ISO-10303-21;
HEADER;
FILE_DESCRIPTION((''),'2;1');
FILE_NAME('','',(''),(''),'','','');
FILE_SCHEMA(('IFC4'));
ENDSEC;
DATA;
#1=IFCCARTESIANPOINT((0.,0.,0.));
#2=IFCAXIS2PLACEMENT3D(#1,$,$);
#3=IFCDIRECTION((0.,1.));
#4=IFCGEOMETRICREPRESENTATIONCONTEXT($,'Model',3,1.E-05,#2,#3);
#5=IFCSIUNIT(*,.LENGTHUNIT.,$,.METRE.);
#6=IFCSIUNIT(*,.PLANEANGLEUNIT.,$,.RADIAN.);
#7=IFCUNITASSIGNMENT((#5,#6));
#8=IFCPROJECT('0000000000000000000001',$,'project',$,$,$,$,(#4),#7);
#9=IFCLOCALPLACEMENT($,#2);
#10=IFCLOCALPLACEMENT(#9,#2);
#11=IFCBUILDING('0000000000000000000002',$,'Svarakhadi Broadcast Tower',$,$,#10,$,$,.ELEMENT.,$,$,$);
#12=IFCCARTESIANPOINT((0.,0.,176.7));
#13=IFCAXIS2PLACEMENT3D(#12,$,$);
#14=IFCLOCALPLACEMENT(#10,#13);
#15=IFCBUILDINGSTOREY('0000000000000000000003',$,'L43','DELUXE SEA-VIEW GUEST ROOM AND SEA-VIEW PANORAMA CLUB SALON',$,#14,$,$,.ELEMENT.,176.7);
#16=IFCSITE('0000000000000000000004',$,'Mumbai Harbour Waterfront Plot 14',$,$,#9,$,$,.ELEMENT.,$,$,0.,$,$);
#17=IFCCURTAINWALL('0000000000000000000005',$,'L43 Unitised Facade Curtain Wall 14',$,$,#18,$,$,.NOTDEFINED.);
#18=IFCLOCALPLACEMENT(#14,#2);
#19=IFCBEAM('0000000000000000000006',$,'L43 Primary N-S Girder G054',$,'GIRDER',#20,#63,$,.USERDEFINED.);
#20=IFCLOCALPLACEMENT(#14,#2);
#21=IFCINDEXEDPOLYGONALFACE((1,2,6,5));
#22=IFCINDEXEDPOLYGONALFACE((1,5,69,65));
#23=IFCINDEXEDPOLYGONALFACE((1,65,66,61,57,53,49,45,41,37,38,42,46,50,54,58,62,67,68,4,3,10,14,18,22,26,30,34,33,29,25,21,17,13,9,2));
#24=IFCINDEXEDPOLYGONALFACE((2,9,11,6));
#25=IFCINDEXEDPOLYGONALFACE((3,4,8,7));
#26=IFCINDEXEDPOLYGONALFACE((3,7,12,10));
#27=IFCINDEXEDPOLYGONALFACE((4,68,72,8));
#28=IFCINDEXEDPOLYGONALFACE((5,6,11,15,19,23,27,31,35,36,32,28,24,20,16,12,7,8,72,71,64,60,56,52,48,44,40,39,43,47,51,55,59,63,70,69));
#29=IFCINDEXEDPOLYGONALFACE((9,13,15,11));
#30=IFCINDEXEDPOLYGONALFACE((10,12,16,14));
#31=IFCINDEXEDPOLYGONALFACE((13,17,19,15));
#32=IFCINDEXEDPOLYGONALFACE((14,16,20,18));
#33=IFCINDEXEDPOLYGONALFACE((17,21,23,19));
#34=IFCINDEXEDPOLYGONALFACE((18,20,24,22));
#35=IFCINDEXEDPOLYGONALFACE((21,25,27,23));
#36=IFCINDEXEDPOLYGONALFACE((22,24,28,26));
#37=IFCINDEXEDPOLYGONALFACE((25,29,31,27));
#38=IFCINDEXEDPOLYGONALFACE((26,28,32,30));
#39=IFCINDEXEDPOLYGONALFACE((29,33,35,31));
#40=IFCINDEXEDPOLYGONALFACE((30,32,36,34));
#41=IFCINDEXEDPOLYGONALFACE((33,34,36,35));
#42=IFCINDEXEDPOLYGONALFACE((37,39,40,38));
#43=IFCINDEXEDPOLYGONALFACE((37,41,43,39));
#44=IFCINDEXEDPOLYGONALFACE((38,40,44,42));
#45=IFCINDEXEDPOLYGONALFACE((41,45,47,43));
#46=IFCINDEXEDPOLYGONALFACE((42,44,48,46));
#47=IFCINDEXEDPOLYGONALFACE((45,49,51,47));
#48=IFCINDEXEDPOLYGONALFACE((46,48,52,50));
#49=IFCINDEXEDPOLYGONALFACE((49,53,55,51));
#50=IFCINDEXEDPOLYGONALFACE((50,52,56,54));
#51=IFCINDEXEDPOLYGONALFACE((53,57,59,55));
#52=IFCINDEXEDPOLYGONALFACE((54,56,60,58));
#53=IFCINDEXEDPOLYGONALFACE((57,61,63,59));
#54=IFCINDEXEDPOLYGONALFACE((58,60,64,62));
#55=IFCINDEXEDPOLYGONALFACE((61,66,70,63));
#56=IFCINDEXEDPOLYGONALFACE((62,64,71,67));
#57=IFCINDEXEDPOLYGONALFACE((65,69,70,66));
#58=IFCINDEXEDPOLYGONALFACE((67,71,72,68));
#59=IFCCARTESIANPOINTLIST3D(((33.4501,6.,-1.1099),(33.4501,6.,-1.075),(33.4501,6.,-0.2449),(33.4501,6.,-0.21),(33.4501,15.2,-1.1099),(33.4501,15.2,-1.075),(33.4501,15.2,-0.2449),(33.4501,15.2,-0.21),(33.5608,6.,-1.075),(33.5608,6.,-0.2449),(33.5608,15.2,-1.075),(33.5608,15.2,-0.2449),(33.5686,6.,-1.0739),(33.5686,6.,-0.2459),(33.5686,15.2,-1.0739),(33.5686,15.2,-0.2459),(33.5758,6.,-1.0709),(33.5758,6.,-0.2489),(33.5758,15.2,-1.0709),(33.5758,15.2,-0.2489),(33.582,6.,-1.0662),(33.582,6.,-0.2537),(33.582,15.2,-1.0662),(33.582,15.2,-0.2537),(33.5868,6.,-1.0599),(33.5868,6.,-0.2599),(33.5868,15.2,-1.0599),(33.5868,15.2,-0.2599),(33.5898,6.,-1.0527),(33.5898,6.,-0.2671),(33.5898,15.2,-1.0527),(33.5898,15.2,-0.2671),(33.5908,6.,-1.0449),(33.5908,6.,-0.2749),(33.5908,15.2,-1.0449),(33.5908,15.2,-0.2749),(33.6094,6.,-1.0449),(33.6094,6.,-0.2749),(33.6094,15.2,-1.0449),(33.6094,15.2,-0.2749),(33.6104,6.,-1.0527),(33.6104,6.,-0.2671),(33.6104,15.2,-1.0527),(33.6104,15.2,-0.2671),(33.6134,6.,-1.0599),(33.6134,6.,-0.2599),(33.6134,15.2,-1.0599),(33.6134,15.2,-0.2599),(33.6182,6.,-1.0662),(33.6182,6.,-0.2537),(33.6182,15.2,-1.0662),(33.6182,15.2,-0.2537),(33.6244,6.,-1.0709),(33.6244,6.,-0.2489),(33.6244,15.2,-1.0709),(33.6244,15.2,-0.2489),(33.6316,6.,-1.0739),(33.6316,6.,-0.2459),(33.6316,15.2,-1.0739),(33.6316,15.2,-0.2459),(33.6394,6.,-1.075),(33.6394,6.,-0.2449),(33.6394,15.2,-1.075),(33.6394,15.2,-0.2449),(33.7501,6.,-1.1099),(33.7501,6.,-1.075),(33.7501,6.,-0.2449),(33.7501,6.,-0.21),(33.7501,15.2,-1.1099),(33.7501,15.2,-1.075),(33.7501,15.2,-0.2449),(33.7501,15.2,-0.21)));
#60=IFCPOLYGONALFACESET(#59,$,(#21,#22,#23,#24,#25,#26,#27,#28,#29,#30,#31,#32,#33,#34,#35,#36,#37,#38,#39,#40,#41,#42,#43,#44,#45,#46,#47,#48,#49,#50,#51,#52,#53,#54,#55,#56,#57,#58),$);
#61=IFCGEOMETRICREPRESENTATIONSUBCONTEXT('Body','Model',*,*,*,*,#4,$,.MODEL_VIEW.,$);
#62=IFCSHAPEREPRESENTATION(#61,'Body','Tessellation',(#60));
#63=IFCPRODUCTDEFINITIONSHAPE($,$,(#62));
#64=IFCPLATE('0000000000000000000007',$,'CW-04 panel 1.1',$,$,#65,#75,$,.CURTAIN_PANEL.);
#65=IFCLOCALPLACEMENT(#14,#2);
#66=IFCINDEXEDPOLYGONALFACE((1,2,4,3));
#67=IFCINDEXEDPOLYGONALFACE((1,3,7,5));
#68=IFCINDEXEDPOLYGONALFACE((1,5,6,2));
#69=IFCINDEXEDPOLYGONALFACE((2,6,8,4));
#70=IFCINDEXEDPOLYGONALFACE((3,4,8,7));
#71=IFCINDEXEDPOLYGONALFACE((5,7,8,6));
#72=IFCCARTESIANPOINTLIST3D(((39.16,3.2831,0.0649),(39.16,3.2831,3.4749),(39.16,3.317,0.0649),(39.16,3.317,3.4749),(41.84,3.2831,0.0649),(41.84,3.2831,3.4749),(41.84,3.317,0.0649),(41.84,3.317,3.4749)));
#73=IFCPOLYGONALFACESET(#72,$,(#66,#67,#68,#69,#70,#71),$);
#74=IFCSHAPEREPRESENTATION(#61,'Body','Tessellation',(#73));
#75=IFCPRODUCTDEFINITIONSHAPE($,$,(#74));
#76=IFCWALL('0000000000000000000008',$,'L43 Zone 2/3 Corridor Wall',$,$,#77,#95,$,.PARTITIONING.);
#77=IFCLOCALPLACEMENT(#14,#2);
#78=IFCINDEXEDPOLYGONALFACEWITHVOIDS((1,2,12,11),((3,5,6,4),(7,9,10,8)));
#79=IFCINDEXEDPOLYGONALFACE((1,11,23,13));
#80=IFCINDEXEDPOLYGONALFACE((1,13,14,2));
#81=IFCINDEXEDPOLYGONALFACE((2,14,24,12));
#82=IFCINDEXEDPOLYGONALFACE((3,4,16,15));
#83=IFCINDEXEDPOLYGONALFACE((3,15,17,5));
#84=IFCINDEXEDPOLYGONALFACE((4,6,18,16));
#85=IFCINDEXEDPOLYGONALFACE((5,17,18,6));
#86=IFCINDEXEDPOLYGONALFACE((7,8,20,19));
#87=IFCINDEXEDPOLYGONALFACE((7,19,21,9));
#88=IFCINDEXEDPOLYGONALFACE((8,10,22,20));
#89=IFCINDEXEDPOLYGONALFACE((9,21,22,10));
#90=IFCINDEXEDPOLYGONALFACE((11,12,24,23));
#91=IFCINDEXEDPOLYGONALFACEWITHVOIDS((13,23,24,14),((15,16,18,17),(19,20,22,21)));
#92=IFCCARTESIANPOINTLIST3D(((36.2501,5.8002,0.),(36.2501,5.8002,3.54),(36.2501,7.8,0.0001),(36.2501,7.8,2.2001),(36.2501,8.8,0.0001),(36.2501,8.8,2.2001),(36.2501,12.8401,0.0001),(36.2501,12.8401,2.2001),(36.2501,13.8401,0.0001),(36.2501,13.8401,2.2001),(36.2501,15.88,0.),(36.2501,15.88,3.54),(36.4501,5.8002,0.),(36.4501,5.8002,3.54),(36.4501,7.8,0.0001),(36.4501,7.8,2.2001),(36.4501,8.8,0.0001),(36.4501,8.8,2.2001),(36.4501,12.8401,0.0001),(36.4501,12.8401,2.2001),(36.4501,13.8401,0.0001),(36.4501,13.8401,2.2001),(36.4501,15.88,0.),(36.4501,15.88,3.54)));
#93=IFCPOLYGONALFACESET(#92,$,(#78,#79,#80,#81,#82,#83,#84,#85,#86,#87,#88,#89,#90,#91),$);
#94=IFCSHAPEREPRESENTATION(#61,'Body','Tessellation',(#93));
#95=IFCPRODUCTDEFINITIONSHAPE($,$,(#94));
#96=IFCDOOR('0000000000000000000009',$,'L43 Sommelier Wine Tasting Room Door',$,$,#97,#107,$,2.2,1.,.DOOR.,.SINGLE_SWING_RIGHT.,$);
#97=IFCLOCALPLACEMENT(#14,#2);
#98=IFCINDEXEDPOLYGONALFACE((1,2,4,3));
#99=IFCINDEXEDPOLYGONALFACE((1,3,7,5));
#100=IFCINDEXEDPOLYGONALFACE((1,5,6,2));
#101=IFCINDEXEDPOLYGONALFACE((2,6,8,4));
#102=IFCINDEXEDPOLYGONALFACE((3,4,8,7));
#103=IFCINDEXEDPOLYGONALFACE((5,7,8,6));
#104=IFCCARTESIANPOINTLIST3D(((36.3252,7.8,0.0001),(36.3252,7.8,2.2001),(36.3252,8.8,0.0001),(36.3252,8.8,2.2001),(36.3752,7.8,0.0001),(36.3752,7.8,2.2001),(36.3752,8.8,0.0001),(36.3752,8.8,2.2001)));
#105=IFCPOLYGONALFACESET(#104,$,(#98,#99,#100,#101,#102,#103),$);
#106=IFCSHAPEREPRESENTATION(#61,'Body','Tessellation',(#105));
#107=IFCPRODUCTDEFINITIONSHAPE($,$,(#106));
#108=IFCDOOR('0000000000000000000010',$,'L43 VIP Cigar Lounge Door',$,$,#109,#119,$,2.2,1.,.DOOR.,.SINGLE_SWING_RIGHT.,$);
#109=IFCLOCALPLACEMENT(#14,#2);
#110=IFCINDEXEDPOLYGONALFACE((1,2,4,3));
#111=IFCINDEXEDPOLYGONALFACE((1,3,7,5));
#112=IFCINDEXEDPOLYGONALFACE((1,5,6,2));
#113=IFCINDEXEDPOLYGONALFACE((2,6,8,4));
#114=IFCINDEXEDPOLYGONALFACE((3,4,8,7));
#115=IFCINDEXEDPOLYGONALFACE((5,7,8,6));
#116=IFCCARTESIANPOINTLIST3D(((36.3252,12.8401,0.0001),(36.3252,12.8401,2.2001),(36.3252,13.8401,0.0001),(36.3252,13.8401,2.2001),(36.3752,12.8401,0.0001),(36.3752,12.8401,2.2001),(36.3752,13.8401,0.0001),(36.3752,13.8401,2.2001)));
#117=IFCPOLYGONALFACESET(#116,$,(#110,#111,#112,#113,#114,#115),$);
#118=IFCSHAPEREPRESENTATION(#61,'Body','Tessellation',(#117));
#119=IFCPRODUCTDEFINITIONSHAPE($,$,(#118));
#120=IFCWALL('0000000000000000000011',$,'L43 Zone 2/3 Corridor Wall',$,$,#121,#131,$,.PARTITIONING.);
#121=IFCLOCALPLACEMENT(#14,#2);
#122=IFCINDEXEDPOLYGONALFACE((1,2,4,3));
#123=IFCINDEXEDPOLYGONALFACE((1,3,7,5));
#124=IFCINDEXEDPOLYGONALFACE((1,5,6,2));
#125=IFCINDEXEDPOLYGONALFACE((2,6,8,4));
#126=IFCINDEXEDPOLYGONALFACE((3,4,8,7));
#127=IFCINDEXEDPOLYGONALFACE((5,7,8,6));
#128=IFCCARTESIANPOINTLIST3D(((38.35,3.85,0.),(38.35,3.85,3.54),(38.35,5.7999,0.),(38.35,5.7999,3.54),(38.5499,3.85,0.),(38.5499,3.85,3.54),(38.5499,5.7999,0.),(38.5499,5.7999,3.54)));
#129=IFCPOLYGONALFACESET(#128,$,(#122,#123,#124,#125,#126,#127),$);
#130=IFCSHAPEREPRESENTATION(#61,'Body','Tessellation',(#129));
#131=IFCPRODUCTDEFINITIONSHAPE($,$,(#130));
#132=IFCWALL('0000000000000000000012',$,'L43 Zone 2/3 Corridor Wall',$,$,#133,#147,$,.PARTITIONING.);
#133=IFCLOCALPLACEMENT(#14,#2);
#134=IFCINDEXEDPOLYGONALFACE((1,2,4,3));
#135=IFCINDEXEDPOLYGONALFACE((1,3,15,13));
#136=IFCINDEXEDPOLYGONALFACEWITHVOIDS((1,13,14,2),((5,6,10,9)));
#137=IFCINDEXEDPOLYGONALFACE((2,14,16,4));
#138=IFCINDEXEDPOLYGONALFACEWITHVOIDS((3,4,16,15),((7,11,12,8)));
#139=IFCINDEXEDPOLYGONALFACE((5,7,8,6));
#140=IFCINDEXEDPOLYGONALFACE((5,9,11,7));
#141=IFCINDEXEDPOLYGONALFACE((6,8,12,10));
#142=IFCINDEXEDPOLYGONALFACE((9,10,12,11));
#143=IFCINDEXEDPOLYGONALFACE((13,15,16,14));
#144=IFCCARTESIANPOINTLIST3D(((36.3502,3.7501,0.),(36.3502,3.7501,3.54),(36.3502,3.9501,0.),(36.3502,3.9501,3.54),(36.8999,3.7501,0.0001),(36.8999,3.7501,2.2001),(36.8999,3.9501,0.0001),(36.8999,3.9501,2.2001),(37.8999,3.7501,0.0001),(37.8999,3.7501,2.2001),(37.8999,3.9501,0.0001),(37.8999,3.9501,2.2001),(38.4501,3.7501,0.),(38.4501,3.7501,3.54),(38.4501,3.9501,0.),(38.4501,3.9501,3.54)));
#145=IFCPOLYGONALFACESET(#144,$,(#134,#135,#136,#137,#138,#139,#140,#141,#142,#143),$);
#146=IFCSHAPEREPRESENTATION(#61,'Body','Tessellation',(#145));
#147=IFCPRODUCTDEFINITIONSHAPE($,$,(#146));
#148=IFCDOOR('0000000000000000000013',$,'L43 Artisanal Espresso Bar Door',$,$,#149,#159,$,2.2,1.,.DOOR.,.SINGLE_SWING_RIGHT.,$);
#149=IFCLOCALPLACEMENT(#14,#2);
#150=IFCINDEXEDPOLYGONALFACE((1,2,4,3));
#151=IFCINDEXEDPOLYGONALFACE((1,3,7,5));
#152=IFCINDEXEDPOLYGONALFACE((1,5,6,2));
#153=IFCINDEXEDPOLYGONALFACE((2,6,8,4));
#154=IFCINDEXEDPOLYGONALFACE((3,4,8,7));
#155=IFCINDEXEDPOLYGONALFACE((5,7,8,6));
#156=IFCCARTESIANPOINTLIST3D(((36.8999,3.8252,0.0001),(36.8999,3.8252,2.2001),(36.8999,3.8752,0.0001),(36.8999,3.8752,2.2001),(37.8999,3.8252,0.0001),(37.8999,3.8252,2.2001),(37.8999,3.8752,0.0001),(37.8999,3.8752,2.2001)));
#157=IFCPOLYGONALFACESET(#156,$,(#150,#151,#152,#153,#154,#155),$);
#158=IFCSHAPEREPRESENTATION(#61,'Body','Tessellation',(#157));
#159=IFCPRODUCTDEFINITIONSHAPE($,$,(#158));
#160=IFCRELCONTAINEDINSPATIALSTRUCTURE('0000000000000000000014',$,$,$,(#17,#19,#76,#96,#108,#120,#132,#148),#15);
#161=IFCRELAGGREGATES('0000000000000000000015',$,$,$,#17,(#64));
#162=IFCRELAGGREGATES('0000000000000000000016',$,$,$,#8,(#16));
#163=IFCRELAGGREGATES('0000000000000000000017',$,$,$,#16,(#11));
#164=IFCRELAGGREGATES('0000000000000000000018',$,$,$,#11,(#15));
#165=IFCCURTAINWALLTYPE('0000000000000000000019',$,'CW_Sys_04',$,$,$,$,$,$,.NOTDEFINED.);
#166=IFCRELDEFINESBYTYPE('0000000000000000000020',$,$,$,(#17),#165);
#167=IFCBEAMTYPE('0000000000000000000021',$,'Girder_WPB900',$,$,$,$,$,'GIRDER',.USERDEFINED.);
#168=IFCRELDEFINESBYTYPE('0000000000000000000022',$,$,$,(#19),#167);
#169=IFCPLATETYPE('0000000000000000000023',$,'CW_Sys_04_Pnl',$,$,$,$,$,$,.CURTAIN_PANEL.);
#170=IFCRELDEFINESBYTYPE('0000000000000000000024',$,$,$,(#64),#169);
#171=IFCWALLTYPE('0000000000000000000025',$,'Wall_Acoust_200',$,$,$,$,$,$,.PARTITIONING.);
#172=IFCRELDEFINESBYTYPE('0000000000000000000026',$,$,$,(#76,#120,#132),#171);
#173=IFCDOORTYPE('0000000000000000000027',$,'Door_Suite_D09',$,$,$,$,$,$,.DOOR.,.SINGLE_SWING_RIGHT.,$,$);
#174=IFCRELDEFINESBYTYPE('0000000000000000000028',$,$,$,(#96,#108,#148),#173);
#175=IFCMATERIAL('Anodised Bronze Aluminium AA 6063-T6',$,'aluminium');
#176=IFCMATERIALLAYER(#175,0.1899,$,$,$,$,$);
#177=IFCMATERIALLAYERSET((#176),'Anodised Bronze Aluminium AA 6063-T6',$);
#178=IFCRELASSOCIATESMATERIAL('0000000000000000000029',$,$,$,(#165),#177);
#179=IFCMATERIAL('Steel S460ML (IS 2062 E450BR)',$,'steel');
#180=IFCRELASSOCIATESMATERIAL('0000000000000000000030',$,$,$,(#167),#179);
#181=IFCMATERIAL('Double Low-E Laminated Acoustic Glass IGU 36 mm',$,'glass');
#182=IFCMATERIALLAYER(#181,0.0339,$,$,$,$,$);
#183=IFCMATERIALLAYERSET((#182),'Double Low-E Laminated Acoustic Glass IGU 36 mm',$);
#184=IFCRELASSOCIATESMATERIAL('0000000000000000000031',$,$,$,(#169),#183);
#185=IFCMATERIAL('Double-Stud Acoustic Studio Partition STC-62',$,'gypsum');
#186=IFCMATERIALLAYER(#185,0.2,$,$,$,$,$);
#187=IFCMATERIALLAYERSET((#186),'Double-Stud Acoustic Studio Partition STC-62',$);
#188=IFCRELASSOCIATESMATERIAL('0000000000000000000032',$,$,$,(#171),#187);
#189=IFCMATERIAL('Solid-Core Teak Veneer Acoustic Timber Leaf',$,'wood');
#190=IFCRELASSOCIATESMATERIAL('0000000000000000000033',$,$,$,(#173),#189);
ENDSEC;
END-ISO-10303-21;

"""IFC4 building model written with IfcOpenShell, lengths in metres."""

from ifc_helpers import new_model, si_unit, direction, frame, frame_2d, origin, origin_2d, place, context, subcontext, project, spatial, rectangle, i_section, extrude, material, layer, layer_set, material_profile, profile_set, type_object, element, fill, aggregate, save


model = new_model("IFC4")

# Units and contexts
model_context = context("Model", 3, precision=1e-05, world=origin(), true_north=direction((0.0, 1.0)))
body_context = subcontext(model_context, "Body", "Model", "MODEL_VIEW")
ifc_project = project(units=[si_unit("LENGTHUNIT", "METRE"), si_unit("PLANEANGLEUNIT", "RADIAN")], contexts=[model_context])

# Site, building, storey
site_placement = place(None, origin())
site = spatial("IfcSite", under=ifc_project, at=site_placement, Name="Mumbai Harbour Waterfront Plot 14", CompositionType="ELEMENT", RefElevation=0.0)
building_placement = place(site_placement, origin())
building = spatial("IfcBuilding", under=site, at=building_placement, Name="Svarakhadi Broadcast Tower", CompositionType="ELEMENT")
storey_placement = place(building_placement, frame((0.0, 0.0, 176.7)))
storey = spatial("IfcBuildingStorey", under=building, at=storey_placement, Name="L43", Description="DELUXE SEA-VIEW GUEST ROOM AND SEA-VIEW PANORAMA CLUB SALON", CompositionType="ELEMENT", Elevation=176.7)

# Shared definitions
ifc_material_1 = material(Name="Steel S460ML (IS 2062 E450BR)", Category="steel")

# Curtain wall
ifc_material_2 = material(Name="Anodised Bronze Aluminium AA 6063-T6", Category="aluminium")
ifc_layer_1 = layer(ifc_material_2, 0.1899)
ifc_layer_set_1 = layer_set([ifc_layer_1], Name="Anodised Bronze Aluminium AA 6063-T6")
curtain_wall_type = type_object("IfcCurtainWallType", Name="CW_Sys_04", PredefinedType="NOTDEFINED", material=ifc_layer_set_1)
curtain_wall_placement = place(storey_placement, origin())
curtain_wall = element("IfcCurtainWall", 1, at=curtain_wall_placement, inside=storey, type_object=curtain_wall_type, Name="L43 Unitised Facade Curtain Wall 14", PredefinedType="NOTDEFINED")

# Beam
ifc_material_profile_1 = material_profile(ifc_material_1, i_section(OverallWidth=0.3, OverallDepth=0.8999, WebThickness=0.0186, FlangeThickness=0.0349, FilletRadius=0.03, at=origin_2d()), Name="WPB 900x300x291")
ifc_profile_set_1 = profile_set([ifc_material_profile_1], Name="Steel S460ML (IS 2062 E450BR)")
beam_type_1 = type_object("IfcBeamType", Name="Girder_WPB900", ElementType="GIRDER", PredefinedType="USERDEFINED", material=ifc_profile_set_1)
beam_1_placement = place(storey_placement, frame((33.6001, 6.0, -0.6599), z_axis=(0.0, 1.0, 0.0), x_axis=(-1.0, 0.0, 0.0)))
element("IfcBeam", 2, at=beam_1_placement, inside=storey, type_object=beam_type_1, Name="L43 Primary N-S Girder G054", ObjectType="GIRDER", PredefinedType="USERDEFINED", context=body_context, shape_type="SweptSolid", body=[
    extrude(i_section(OverallWidth=0.3, OverallDepth=0.8999, WebThickness=0.0186, FlangeThickness=0.0349, FilletRadius=0.03, at=origin_2d()), origin(), (0.0, 0.0, 1.0), 9.2),
])

# Plate
ifc_material_3 = material(Name="Double Low-E Laminated Acoustic Glass IGU 36 mm", Category="glass")
ifc_layer_2 = layer(ifc_material_3, 0.0339)
ifc_layer_set_2 = layer_set([ifc_layer_2], Name="Double Low-E Laminated Acoustic Glass IGU 36 mm")
plate_type = type_object("IfcPlateType", Name="CW_Sys_04_Pnl", PredefinedType="CURTAIN_PANEL", material=ifc_layer_set_2)
plate_placement = place(storey_placement, frame((40.5, 3.3, 0.0649), z_axis=(0.0, 0.0, 1.0), x_axis=(-1.0, 0.0, 0.0)))
plate = element("IfcPlate", 3, at=plate_placement, type_object=plate_type, Name="CW-04 panel 1.1", PredefinedType="CURTAIN_PANEL", context=body_context, shape_type="SweptSolid", body=[
    extrude(rectangle(XDim=2.6799, YDim=0.0339, at=origin_2d()), origin(), (0.0, 0.0, 1.0), 3.4099),
])
aggregate(curtain_wall, [plate])

# Wall, openings, doors
ifc_material_4 = material(Name="Double-Stud Acoustic Studio Partition STC-62", Category="gypsum")
ifc_layer_3 = layer(ifc_material_4, 0.2)
ifc_layer_set_3 = layer_set([ifc_layer_3], Name="Double-Stud Acoustic Studio Partition STC-62")
wall_type_1 = type_object("IfcWallType", Name="Wall_Acoust_200", PredefinedType="PARTITIONING", material=ifc_layer_set_3)
wall_1_placement = place(storey_placement, frame((36.3501, 5.8, 0.0), z_axis=(0.0, 0.0, 1.0), x_axis=(0.0, 1.0, 0.0)))
wall_1 = element("IfcWall", 4, at=wall_1_placement, inside=storey, type_object=wall_type_1, Name="L43 Zone 2/3 Corridor Wall", PredefinedType="PARTITIONING", context=body_context, shape_type="SweptSolid", body=[
    extrude(rectangle(XDim=10.0798, YDim=0.2, at=frame_2d((5.04, 0.0))), origin(), (0.0, 0.0, 1.0), 3.54),
])
opening_1_placement = place(wall_1_placement, frame((2.0, 0.0, 0.0)))
opening_1 = element("IfcOpeningElement", 5, at=opening_1_placement, cuts=wall_1, PredefinedType="OPENING", context=body_context, shape_type="SweptSolid", body=[
    extrude(rectangle(XDim=1.0, YDim=2.2, at=frame_2d((0.5, 1.1001))), frame((0.0, 0.1099, 0.0), z_axis=(0.0, -1.0, 0.0), x_axis=(1.0, 0.0, 0.0)), (0.0, 0.0, 1.0), 0.22),
])
opening_2_placement = place(wall_1_placement, frame((7.04, 0.0, 0.0)))
opening_2 = element("IfcOpeningElement", 6, at=opening_2_placement, cuts=wall_1, PredefinedType="OPENING", context=body_context, shape_type="SweptSolid", body=[
    extrude(rectangle(XDim=1.0, YDim=2.2, at=frame_2d((0.5, 1.1001))), frame((0.0, 0.1099, 0.0), z_axis=(0.0, -1.0, 0.0), x_axis=(1.0, 0.0, 0.0)), (0.0, 0.0, 1.0), 0.22),
])
ifc_material_5 = material(Name="Solid-Core Teak Veneer Acoustic Timber Leaf", Category="wood")
door_type_1 = type_object("IfcDoorType", Name="Door_Suite_D09", OperationType="SINGLE_SWING_RIGHT", PredefinedType="DOOR", material=ifc_material_5)
door_1_placement = place(opening_1_placement, origin())
door_1 = element("IfcDoor", 7, at=door_1_placement, inside=storey, type_object=door_type_1, Name="L43 Sommelier Wine Tasting Room Door", OperationType="SINGLE_SWING_RIGHT", OverallHeight=2.2, OverallWidth=1.0, PredefinedType="DOOR", context=body_context, shape_type="SweptSolid", body=[
    extrude(rectangle(XDim=1.0, YDim=2.2, at=frame_2d((0.5, 1.1001))), frame((0.0, 0.0249, 0.0), z_axis=(0.0, -1.0, 0.0), x_axis=(1.0, 0.0, 0.0)), (0.0, 0.0, 1.0), 0.05),
])
fill(opening_1, door_1)
door_2_placement = place(opening_2_placement, origin())
door_2 = element("IfcDoor", 8, at=door_2_placement, inside=storey, type_object=door_type_1, Name="L43 VIP Cigar Lounge Door", OperationType="SINGLE_SWING_RIGHT", OverallHeight=2.2, OverallWidth=1.0, PredefinedType="DOOR", context=body_context, shape_type="SweptSolid", body=[
    extrude(rectangle(XDim=1.0, YDim=2.2, at=frame_2d((0.5, 1.1001))), frame((0.0, 0.0249, 0.0), z_axis=(0.0, -1.0, 0.0), x_axis=(1.0, 0.0, 0.0)), (0.0, 0.0, 1.0), 0.05),
])
fill(opening_2, door_2)

# Wall
wall_2_placement = place(storey_placement, frame((38.45, 5.8, 0.0), z_axis=(0.0, 0.0, 1.0), x_axis=(0.0, -1.0, 0.0)))
element("IfcWall", 9, at=wall_2_placement, inside=storey, type_object=wall_type_1, Name="L43 Zone 2/3 Corridor Wall", PredefinedType="PARTITIONING", context=body_context, shape_type="SweptSolid", body=[
    extrude(rectangle(XDim=1.95, YDim=0.2, at=frame_2d((0.9751, 0.0))), origin(), (0.0, 0.0, 1.0), 3.54),
])

# Wall, opening, door
wall_3_placement = place(storey_placement, frame((38.45, 3.8501, 0.0), z_axis=(0.0, 0.0, 1.0), x_axis=(-1.0, 0.0, 0.0)))
wall_3 = element("IfcWall", 10, at=wall_3_placement, inside=storey, type_object=wall_type_1, Name="L43 Zone 2/3 Corridor Wall", PredefinedType="PARTITIONING", context=body_context, shape_type="SweptSolid", body=[
    extrude(rectangle(XDim=2.0999, YDim=0.2, at=frame_2d((1.0498, 0.0))), origin(), (0.0, 0.0, 1.0), 3.54),
])
opening_3_placement = place(wall_3_placement, frame((0.55, 0.0, 0.0)))
opening_3 = element("IfcOpeningElement", 11, at=opening_3_placement, cuts=wall_3, PredefinedType="OPENING", context=body_context, shape_type="SweptSolid", body=[
    extrude(rectangle(XDim=1.0, YDim=2.2, at=frame_2d((0.5, 1.1001))), frame((0.0, 0.1099, 0.0), z_axis=(0.0, -1.0, 0.0), x_axis=(1.0, 0.0, 0.0)), (0.0, 0.0, 1.0), 0.22),
])
door_3_placement = place(opening_3_placement, origin())
door_3 = element("IfcDoor", 12, at=door_3_placement, inside=storey, type_object=door_type_1, Name="L43 Artisanal Espresso Bar Door", OperationType="SINGLE_SWING_RIGHT", OverallHeight=2.2, OverallWidth=1.0, PredefinedType="DOOR", context=body_context, shape_type="SweptSolid", body=[
    extrude(rectangle(XDim=1.0, YDim=2.2, at=frame_2d((0.5, 1.1001))), frame((0.0, 0.0249, 0.0), z_axis=(0.0, -1.0, 0.0), x_axis=(1.0, 0.0, 0.0)), (0.0, 0.0, 1.0), 0.05),
])
fill(opening_3, door_3)

save(model, "model.ifc")
